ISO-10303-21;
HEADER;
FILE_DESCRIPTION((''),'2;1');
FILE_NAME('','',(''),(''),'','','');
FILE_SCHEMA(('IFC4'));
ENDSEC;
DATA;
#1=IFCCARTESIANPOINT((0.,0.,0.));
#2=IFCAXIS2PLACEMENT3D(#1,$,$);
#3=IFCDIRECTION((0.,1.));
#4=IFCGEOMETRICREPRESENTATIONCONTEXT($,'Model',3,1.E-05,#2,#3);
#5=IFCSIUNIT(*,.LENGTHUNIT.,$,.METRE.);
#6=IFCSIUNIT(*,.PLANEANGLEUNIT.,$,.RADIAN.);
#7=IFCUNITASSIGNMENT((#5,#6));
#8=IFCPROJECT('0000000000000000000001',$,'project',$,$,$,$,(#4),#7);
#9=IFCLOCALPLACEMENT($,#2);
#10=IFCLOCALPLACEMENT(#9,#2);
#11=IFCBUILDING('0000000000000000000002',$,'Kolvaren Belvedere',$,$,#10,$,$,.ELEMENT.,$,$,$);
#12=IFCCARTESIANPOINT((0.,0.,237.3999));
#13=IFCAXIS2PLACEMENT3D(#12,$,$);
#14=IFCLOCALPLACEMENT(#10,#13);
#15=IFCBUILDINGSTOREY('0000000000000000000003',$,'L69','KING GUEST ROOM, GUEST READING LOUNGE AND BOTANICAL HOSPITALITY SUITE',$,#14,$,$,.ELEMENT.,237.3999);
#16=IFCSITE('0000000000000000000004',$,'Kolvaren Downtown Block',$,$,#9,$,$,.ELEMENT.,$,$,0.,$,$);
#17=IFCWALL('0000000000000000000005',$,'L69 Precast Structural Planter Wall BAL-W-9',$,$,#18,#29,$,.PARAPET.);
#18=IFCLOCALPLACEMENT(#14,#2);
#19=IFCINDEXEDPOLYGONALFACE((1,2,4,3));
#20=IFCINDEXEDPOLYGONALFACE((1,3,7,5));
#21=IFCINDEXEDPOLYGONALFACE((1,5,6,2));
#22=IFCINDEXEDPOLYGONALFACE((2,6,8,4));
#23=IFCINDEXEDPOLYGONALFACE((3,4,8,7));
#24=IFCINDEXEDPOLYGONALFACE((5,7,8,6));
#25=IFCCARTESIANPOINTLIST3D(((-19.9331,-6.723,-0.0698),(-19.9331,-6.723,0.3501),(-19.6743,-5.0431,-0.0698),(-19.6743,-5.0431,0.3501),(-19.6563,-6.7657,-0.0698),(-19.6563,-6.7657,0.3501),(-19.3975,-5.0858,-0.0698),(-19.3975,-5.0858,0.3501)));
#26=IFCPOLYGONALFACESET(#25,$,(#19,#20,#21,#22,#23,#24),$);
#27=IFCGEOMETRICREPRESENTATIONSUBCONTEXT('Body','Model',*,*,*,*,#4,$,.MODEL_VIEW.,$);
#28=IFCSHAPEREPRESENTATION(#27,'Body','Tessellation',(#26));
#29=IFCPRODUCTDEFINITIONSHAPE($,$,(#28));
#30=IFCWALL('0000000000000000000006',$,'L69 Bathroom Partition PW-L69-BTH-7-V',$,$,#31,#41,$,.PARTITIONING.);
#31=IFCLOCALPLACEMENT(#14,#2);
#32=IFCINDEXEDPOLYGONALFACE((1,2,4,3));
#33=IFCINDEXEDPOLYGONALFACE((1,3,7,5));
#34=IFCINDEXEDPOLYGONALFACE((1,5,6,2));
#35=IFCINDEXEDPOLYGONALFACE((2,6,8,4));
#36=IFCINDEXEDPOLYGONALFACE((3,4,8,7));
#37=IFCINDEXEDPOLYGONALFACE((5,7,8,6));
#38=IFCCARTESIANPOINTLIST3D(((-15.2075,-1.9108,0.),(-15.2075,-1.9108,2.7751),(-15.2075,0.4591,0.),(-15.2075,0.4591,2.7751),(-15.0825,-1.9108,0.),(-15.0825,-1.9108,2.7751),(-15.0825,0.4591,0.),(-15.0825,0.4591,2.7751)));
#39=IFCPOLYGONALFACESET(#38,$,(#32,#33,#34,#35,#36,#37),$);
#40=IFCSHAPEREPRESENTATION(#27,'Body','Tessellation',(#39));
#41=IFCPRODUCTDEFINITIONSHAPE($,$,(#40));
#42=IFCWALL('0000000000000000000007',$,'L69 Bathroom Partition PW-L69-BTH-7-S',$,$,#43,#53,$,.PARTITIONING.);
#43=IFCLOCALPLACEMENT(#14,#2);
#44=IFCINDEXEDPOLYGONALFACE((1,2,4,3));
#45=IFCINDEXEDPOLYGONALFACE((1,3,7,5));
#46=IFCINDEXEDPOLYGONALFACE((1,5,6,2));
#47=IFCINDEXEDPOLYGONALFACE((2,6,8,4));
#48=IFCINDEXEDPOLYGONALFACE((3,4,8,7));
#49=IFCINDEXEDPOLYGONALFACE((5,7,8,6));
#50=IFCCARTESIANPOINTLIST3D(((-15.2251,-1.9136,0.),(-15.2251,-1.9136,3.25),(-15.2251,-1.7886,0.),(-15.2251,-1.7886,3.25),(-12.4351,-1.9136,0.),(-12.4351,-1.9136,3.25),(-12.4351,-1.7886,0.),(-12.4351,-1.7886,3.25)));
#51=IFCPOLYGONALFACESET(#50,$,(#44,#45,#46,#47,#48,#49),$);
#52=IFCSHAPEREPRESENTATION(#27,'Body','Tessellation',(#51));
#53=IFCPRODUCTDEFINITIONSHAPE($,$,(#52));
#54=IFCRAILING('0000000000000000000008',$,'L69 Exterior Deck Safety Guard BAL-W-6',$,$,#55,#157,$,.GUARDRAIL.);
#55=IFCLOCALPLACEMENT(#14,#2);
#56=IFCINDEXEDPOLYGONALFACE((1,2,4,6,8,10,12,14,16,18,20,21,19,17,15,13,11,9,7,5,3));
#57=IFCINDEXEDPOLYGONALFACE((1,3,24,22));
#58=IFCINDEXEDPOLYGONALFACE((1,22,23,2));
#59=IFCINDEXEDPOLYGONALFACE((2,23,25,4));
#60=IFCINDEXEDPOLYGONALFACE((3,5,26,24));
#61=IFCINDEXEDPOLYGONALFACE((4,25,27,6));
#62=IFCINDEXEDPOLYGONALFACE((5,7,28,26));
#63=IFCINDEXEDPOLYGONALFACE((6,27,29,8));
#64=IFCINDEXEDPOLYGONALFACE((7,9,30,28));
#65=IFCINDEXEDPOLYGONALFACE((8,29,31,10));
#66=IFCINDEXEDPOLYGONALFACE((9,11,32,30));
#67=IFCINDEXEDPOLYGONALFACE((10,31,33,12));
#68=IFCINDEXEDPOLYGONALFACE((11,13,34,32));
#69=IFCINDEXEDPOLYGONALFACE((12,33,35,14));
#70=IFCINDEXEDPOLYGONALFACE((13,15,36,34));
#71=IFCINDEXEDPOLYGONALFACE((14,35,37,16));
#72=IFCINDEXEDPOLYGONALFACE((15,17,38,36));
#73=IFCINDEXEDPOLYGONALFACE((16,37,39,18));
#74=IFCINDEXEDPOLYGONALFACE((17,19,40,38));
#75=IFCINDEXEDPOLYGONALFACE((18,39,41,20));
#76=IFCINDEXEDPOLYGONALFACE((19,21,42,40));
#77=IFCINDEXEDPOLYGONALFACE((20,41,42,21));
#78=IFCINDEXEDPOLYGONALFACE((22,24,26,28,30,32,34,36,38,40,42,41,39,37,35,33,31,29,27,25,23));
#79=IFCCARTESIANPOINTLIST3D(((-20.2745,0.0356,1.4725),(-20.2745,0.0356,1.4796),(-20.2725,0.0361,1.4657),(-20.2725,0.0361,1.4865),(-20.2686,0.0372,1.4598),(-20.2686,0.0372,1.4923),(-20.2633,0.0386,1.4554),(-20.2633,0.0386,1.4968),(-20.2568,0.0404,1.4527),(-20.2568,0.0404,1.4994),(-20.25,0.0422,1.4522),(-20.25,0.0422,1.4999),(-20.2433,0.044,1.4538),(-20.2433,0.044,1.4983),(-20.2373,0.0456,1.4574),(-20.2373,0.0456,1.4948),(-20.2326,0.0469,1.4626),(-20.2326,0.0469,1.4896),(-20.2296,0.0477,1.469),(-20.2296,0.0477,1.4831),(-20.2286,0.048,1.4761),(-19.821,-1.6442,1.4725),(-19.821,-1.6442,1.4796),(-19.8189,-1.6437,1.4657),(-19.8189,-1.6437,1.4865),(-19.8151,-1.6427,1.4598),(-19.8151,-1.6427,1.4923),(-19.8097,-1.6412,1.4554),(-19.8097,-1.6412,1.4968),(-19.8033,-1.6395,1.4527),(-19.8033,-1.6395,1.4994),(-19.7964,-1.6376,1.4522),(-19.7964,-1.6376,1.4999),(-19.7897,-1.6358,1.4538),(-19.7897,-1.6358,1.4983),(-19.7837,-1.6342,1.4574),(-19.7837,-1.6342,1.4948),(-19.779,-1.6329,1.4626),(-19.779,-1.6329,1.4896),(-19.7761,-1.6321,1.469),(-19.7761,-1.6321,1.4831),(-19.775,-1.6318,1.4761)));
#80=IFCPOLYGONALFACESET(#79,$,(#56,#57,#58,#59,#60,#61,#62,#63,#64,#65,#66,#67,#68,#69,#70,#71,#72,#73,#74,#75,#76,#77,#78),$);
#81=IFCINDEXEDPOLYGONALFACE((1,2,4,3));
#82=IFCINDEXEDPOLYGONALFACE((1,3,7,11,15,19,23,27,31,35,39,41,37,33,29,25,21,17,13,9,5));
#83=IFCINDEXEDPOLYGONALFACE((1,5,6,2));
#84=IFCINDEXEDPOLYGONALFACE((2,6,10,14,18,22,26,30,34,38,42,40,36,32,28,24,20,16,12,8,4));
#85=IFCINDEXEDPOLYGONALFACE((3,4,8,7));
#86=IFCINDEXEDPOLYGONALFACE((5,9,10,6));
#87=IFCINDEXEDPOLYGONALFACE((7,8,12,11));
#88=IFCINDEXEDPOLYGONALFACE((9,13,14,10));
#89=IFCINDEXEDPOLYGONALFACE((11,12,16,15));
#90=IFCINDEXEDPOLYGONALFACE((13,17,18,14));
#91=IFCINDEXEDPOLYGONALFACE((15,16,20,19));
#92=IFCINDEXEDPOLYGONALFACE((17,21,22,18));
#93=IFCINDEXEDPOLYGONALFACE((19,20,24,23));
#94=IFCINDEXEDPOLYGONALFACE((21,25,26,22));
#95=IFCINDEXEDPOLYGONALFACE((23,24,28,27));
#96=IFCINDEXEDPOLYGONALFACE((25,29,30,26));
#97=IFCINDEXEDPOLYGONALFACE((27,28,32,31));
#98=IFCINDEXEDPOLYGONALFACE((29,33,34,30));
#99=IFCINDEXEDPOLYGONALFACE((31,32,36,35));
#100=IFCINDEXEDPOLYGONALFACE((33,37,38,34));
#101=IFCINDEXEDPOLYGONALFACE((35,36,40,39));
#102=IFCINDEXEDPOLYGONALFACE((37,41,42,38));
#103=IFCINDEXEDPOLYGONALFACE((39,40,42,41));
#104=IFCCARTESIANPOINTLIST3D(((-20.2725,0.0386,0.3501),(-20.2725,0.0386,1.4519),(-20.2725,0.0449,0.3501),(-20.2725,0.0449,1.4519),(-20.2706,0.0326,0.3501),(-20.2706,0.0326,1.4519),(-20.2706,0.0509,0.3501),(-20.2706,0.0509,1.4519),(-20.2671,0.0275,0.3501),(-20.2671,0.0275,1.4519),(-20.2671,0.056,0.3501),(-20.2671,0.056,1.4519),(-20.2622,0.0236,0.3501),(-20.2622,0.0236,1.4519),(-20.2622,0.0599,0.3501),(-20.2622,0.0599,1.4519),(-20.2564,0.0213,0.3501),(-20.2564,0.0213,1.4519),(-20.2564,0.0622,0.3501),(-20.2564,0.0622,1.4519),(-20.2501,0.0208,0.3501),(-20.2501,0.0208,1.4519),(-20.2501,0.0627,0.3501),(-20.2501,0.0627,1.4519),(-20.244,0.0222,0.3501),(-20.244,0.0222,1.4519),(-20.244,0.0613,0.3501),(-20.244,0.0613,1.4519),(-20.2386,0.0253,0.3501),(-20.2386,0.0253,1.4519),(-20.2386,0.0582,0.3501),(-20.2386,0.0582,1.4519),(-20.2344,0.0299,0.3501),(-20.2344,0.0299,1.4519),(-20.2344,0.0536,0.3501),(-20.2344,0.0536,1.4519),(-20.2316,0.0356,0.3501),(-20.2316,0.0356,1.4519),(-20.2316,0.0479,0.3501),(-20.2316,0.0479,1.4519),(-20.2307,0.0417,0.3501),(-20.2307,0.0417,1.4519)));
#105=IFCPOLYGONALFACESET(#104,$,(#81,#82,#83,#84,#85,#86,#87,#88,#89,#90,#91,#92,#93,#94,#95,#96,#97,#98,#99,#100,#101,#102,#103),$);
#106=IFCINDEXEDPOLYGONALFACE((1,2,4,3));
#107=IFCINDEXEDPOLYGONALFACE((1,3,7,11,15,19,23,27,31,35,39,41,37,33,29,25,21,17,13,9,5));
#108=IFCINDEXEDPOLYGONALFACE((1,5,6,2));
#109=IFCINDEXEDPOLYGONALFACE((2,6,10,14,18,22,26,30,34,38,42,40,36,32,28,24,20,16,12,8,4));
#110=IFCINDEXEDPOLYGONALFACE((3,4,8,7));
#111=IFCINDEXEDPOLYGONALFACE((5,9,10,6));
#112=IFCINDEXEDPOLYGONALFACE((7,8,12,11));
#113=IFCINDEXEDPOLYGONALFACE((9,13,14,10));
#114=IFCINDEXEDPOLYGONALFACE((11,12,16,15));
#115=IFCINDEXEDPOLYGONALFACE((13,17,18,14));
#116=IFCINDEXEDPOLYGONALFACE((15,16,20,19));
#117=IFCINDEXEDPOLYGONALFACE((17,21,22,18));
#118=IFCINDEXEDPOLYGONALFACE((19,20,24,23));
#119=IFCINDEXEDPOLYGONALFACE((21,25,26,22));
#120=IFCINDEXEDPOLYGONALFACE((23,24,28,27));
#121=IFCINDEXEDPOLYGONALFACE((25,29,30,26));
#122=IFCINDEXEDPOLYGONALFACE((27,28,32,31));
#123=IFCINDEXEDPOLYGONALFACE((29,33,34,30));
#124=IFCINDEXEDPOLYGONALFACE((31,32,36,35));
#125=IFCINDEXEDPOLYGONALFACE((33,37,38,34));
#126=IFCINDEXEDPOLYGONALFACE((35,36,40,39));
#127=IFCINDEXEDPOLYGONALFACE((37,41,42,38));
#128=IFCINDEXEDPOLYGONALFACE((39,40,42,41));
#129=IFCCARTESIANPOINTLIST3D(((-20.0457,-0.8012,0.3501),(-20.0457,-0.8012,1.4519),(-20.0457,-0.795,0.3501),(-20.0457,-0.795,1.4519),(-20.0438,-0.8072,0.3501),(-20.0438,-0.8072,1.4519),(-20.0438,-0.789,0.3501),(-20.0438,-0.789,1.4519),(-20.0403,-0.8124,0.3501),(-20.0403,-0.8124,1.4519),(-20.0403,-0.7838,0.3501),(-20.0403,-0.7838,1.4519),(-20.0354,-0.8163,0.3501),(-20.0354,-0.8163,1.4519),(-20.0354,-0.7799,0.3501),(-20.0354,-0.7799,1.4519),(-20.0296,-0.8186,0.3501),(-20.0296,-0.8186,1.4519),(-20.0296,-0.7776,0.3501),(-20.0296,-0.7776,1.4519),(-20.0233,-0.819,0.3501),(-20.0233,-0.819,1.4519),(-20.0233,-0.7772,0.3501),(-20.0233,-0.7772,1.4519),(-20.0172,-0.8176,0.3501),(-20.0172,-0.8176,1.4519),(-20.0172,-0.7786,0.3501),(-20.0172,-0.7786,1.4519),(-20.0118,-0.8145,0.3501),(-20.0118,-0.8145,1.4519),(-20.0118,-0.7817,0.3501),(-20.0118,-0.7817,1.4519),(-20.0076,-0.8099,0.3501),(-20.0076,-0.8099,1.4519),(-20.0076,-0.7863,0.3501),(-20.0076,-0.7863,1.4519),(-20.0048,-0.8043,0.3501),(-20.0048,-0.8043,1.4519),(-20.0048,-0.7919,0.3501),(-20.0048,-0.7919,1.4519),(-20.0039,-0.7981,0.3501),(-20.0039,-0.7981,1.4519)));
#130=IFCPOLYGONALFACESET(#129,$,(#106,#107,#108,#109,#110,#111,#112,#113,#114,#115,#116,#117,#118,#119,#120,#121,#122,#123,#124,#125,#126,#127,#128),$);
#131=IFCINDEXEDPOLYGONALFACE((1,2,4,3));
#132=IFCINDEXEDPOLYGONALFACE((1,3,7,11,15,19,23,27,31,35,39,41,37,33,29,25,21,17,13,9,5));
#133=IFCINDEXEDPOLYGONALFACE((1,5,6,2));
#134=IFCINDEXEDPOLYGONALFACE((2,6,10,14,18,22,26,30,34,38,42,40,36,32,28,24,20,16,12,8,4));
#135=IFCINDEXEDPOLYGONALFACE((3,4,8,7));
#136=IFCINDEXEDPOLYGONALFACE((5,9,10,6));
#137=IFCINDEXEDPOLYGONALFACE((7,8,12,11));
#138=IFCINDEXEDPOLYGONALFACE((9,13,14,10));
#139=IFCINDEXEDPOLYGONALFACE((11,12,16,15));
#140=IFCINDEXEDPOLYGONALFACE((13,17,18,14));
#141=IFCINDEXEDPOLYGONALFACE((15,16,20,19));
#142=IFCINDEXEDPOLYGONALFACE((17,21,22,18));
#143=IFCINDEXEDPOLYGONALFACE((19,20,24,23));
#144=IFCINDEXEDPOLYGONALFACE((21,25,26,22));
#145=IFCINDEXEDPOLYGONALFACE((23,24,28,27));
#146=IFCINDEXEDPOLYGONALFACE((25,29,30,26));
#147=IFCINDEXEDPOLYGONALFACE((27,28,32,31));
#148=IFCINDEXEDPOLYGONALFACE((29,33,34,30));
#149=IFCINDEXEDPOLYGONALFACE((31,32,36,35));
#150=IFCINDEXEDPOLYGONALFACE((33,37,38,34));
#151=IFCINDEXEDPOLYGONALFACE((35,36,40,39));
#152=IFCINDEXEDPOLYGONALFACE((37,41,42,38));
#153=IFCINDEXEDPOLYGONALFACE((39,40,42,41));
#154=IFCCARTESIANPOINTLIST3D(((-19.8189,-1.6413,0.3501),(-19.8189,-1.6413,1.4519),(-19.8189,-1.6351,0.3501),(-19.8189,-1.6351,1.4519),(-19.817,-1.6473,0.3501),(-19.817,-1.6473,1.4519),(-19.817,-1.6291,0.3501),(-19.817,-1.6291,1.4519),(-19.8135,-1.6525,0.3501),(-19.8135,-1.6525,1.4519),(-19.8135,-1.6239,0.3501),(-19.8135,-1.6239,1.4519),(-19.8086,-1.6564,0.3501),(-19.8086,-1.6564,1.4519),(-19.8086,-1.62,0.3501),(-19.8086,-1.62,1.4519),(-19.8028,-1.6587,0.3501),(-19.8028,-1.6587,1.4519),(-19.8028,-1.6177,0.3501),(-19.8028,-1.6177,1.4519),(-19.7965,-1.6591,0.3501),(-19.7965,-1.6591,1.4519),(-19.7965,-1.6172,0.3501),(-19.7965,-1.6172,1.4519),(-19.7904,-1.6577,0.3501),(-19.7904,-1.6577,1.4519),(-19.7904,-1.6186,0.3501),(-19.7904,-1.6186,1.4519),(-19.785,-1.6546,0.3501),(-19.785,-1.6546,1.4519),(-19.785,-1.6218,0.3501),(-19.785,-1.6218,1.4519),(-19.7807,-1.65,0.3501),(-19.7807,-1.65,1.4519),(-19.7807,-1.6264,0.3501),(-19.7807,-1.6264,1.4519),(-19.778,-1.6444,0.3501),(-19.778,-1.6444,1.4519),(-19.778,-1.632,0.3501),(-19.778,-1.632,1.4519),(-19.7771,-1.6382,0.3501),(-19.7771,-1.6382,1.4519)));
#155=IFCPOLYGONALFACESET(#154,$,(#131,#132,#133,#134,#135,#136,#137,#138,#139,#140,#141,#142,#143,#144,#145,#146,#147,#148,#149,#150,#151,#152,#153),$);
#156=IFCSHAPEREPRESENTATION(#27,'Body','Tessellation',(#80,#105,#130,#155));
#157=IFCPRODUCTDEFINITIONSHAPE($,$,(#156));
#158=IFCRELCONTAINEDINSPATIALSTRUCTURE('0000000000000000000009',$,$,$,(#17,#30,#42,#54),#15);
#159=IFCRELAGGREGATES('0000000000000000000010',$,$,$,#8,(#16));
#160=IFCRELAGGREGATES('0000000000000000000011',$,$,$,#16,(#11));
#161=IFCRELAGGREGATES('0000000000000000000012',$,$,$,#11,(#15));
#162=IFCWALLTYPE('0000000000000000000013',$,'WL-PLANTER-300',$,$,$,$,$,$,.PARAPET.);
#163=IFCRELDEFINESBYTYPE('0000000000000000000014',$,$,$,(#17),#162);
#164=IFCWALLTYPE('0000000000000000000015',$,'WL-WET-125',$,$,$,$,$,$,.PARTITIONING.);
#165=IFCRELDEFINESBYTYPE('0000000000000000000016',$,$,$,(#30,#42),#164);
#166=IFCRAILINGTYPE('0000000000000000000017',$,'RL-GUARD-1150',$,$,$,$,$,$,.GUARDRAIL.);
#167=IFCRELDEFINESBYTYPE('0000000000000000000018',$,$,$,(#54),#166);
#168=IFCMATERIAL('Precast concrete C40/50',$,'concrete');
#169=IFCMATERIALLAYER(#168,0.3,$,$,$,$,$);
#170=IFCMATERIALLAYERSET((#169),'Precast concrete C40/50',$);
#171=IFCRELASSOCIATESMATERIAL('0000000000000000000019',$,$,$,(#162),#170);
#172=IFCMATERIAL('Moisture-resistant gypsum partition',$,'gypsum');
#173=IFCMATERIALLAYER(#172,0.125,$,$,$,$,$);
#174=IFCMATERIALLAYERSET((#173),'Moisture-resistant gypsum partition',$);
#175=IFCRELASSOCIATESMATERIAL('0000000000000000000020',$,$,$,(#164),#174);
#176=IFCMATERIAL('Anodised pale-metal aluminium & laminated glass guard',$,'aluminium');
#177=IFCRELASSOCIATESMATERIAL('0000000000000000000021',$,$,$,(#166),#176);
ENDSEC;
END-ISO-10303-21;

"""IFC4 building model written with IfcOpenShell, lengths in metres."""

from ifc_helpers import new_model, si_unit, direction, frame, frame_2d, origin, origin_2d, place, context, subcontext, project, spatial, rectangle, circle, extrude, material, layer, layer_set, type_object, element, save


model = new_model("IFC4")

# Units and contexts
model_context = context("Model", 3, precision=1e-05, world=origin(), true_north=direction((0.0, 1.0)))
body_context = subcontext(model_context, "Body", "Model", "MODEL_VIEW")
ifc_project = project(units=[si_unit("LENGTHUNIT", "METRE"), si_unit("PLANEANGLEUNIT", "RADIAN")], contexts=[model_context])

# Site, building, storey
site_placement = place(None, origin())
site = spatial("IfcSite", under=ifc_project, at=site_placement, Name="Kolvaren Downtown Block", CompositionType="ELEMENT", RefElevation=0.0)
building_placement = place(site_placement, origin())
building = spatial("IfcBuilding", under=site, at=building_placement, Name="Kolvaren Belvedere", CompositionType="ELEMENT")
storey_placement = place(building_placement, frame((0.0, 0.0, 237.3999)))
storey = spatial("IfcBuildingStorey", under=building, at=storey_placement, Name="L69", Description="KING GUEST ROOM, GUEST READING LOUNGE AND BOTANICAL HOSPITALITY SUITE", CompositionType="ELEMENT", Elevation=237.3999)

# Walls
ifc_material_1 = material(Name="Precast concrete C40/50", Category="concrete")
ifc_layer_1 = layer(ifc_material_1, 0.3)
ifc_layer_set_1 = layer_set([ifc_layer_1], Name="Precast concrete C40/50")
wall_type_1 = type_object("IfcWallType", Name="WL-PLANTER-300", PredefinedType="PARAPET", material=ifc_layer_set_1)
wall_1_placement = place(storey_placement, frame((-19.5359, -5.0645, -0.0698), z_axis=(0.0, 0.0, 1.0), x_axis=(-0.152251, -0.988342, 0.0)))
element("IfcWall", 1, at=wall_1_placement, inside=storey, type_object=wall_type_1, Name="L69 Precast Structural Planter Wall BAL-W-9", PredefinedType="PARAPET", context=body_context, shape_type="SweptSolid", body=[
    extrude(rectangle(XDim=1.6997, YDim=0.28, at=frame_2d((0.8499, 0.0))), origin(), (0.0, 0.0, 1.0), 0.4199),
])
ifc_material_2 = material(Name="Moisture-resistant gypsum partition", Category="gypsum")
ifc_layer_2 = layer(ifc_material_2, 0.125)
ifc_layer_set_2 = layer_set([ifc_layer_2], Name="Moisture-resistant gypsum partition")
wall_type_2 = type_object("IfcWallType", Name="WL-WET-125", PredefinedType="PARTITIONING", material=ifc_layer_set_2)
wall_2_placement = place(storey_placement, frame((-15.145, -1.9109, 0.0), z_axis=(0.0, 0.0, 1.0), x_axis=(0.0, 1.0, 0.0)))
element("IfcWall", 2, at=wall_2_placement, inside=storey, type_object=wall_type_2, Name="L69 Bathroom Partition PW-L69-BTH-7-V", PredefinedType="PARTITIONING", context=body_context, shape_type="SweptSolid", body=[
    extrude(rectangle(XDim=2.3699, YDim=0.125, at=frame_2d((1.1851, 0.0))), origin(), (0.0, 0.0, 1.0), 2.7751),
])
wall_3_placement = place(storey_placement, frame((-15.2251, -1.8511, 0.0), z_axis=(0.0, 0.0, 1.0), x_axis=(1.0, 0.0, 0.0)))
element("IfcWall", 3, at=wall_3_placement, inside=storey, type_object=wall_type_2, Name="L69 Bathroom Partition PW-L69-BTH-7-S", PredefinedType="PARTITIONING", context=body_context, shape_type="SweptSolid", body=[
    extrude(rectangle(XDim=2.79, YDim=0.125, at=frame_2d((1.395, 0.0))), origin(), (0.0, 0.0, 1.0), 3.25),
])

# Railing
ifc_material_3 = material(Name="Anodised pale-metal aluminium & laminated glass guard", Category="aluminium")
railing_type = type_object("IfcRailingType", Name="RL-GUARD-1150", PredefinedType="GUARDRAIL", material=ifc_material_3)
railing_1_placement = place(storey_placement, frame((-20.2517, 0.0417, 0.3501)))
element("IfcRailing", 4, at=railing_1_placement, inside=storey, type_object=railing_type, Name="L69 Exterior Deck Safety Guard BAL-W-6", PredefinedType="GUARDRAIL", context=body_context, shape_type="SweptSolid", body=[
    extrude(circle(Radius=0.0239, at=origin_2d()), frame((0.0, 0.0, 1.126), z_axis=(0.260683, -0.965424, 0.0), x_axis=(0.965424, 0.260683, 0.0)), (0.0, 0.0, 1.0), 1.74),
    extrude(circle(Radius=0.021, at=origin_2d()), origin(), (0.0, 0.0, 1.0), 1.1018),
    extrude(circle(Radius=0.021, at=origin_2d()), frame((0.2268, -0.8398, 0.0)), (0.0, 0.0, 1.0), 1.1018),
    extrude(circle(Radius=0.021, at=origin_2d()), frame((0.4536, -1.6799, 0.0)), (0.0, 0.0, 1.0), 1.1018),
])

save(model, "model.ifc")
